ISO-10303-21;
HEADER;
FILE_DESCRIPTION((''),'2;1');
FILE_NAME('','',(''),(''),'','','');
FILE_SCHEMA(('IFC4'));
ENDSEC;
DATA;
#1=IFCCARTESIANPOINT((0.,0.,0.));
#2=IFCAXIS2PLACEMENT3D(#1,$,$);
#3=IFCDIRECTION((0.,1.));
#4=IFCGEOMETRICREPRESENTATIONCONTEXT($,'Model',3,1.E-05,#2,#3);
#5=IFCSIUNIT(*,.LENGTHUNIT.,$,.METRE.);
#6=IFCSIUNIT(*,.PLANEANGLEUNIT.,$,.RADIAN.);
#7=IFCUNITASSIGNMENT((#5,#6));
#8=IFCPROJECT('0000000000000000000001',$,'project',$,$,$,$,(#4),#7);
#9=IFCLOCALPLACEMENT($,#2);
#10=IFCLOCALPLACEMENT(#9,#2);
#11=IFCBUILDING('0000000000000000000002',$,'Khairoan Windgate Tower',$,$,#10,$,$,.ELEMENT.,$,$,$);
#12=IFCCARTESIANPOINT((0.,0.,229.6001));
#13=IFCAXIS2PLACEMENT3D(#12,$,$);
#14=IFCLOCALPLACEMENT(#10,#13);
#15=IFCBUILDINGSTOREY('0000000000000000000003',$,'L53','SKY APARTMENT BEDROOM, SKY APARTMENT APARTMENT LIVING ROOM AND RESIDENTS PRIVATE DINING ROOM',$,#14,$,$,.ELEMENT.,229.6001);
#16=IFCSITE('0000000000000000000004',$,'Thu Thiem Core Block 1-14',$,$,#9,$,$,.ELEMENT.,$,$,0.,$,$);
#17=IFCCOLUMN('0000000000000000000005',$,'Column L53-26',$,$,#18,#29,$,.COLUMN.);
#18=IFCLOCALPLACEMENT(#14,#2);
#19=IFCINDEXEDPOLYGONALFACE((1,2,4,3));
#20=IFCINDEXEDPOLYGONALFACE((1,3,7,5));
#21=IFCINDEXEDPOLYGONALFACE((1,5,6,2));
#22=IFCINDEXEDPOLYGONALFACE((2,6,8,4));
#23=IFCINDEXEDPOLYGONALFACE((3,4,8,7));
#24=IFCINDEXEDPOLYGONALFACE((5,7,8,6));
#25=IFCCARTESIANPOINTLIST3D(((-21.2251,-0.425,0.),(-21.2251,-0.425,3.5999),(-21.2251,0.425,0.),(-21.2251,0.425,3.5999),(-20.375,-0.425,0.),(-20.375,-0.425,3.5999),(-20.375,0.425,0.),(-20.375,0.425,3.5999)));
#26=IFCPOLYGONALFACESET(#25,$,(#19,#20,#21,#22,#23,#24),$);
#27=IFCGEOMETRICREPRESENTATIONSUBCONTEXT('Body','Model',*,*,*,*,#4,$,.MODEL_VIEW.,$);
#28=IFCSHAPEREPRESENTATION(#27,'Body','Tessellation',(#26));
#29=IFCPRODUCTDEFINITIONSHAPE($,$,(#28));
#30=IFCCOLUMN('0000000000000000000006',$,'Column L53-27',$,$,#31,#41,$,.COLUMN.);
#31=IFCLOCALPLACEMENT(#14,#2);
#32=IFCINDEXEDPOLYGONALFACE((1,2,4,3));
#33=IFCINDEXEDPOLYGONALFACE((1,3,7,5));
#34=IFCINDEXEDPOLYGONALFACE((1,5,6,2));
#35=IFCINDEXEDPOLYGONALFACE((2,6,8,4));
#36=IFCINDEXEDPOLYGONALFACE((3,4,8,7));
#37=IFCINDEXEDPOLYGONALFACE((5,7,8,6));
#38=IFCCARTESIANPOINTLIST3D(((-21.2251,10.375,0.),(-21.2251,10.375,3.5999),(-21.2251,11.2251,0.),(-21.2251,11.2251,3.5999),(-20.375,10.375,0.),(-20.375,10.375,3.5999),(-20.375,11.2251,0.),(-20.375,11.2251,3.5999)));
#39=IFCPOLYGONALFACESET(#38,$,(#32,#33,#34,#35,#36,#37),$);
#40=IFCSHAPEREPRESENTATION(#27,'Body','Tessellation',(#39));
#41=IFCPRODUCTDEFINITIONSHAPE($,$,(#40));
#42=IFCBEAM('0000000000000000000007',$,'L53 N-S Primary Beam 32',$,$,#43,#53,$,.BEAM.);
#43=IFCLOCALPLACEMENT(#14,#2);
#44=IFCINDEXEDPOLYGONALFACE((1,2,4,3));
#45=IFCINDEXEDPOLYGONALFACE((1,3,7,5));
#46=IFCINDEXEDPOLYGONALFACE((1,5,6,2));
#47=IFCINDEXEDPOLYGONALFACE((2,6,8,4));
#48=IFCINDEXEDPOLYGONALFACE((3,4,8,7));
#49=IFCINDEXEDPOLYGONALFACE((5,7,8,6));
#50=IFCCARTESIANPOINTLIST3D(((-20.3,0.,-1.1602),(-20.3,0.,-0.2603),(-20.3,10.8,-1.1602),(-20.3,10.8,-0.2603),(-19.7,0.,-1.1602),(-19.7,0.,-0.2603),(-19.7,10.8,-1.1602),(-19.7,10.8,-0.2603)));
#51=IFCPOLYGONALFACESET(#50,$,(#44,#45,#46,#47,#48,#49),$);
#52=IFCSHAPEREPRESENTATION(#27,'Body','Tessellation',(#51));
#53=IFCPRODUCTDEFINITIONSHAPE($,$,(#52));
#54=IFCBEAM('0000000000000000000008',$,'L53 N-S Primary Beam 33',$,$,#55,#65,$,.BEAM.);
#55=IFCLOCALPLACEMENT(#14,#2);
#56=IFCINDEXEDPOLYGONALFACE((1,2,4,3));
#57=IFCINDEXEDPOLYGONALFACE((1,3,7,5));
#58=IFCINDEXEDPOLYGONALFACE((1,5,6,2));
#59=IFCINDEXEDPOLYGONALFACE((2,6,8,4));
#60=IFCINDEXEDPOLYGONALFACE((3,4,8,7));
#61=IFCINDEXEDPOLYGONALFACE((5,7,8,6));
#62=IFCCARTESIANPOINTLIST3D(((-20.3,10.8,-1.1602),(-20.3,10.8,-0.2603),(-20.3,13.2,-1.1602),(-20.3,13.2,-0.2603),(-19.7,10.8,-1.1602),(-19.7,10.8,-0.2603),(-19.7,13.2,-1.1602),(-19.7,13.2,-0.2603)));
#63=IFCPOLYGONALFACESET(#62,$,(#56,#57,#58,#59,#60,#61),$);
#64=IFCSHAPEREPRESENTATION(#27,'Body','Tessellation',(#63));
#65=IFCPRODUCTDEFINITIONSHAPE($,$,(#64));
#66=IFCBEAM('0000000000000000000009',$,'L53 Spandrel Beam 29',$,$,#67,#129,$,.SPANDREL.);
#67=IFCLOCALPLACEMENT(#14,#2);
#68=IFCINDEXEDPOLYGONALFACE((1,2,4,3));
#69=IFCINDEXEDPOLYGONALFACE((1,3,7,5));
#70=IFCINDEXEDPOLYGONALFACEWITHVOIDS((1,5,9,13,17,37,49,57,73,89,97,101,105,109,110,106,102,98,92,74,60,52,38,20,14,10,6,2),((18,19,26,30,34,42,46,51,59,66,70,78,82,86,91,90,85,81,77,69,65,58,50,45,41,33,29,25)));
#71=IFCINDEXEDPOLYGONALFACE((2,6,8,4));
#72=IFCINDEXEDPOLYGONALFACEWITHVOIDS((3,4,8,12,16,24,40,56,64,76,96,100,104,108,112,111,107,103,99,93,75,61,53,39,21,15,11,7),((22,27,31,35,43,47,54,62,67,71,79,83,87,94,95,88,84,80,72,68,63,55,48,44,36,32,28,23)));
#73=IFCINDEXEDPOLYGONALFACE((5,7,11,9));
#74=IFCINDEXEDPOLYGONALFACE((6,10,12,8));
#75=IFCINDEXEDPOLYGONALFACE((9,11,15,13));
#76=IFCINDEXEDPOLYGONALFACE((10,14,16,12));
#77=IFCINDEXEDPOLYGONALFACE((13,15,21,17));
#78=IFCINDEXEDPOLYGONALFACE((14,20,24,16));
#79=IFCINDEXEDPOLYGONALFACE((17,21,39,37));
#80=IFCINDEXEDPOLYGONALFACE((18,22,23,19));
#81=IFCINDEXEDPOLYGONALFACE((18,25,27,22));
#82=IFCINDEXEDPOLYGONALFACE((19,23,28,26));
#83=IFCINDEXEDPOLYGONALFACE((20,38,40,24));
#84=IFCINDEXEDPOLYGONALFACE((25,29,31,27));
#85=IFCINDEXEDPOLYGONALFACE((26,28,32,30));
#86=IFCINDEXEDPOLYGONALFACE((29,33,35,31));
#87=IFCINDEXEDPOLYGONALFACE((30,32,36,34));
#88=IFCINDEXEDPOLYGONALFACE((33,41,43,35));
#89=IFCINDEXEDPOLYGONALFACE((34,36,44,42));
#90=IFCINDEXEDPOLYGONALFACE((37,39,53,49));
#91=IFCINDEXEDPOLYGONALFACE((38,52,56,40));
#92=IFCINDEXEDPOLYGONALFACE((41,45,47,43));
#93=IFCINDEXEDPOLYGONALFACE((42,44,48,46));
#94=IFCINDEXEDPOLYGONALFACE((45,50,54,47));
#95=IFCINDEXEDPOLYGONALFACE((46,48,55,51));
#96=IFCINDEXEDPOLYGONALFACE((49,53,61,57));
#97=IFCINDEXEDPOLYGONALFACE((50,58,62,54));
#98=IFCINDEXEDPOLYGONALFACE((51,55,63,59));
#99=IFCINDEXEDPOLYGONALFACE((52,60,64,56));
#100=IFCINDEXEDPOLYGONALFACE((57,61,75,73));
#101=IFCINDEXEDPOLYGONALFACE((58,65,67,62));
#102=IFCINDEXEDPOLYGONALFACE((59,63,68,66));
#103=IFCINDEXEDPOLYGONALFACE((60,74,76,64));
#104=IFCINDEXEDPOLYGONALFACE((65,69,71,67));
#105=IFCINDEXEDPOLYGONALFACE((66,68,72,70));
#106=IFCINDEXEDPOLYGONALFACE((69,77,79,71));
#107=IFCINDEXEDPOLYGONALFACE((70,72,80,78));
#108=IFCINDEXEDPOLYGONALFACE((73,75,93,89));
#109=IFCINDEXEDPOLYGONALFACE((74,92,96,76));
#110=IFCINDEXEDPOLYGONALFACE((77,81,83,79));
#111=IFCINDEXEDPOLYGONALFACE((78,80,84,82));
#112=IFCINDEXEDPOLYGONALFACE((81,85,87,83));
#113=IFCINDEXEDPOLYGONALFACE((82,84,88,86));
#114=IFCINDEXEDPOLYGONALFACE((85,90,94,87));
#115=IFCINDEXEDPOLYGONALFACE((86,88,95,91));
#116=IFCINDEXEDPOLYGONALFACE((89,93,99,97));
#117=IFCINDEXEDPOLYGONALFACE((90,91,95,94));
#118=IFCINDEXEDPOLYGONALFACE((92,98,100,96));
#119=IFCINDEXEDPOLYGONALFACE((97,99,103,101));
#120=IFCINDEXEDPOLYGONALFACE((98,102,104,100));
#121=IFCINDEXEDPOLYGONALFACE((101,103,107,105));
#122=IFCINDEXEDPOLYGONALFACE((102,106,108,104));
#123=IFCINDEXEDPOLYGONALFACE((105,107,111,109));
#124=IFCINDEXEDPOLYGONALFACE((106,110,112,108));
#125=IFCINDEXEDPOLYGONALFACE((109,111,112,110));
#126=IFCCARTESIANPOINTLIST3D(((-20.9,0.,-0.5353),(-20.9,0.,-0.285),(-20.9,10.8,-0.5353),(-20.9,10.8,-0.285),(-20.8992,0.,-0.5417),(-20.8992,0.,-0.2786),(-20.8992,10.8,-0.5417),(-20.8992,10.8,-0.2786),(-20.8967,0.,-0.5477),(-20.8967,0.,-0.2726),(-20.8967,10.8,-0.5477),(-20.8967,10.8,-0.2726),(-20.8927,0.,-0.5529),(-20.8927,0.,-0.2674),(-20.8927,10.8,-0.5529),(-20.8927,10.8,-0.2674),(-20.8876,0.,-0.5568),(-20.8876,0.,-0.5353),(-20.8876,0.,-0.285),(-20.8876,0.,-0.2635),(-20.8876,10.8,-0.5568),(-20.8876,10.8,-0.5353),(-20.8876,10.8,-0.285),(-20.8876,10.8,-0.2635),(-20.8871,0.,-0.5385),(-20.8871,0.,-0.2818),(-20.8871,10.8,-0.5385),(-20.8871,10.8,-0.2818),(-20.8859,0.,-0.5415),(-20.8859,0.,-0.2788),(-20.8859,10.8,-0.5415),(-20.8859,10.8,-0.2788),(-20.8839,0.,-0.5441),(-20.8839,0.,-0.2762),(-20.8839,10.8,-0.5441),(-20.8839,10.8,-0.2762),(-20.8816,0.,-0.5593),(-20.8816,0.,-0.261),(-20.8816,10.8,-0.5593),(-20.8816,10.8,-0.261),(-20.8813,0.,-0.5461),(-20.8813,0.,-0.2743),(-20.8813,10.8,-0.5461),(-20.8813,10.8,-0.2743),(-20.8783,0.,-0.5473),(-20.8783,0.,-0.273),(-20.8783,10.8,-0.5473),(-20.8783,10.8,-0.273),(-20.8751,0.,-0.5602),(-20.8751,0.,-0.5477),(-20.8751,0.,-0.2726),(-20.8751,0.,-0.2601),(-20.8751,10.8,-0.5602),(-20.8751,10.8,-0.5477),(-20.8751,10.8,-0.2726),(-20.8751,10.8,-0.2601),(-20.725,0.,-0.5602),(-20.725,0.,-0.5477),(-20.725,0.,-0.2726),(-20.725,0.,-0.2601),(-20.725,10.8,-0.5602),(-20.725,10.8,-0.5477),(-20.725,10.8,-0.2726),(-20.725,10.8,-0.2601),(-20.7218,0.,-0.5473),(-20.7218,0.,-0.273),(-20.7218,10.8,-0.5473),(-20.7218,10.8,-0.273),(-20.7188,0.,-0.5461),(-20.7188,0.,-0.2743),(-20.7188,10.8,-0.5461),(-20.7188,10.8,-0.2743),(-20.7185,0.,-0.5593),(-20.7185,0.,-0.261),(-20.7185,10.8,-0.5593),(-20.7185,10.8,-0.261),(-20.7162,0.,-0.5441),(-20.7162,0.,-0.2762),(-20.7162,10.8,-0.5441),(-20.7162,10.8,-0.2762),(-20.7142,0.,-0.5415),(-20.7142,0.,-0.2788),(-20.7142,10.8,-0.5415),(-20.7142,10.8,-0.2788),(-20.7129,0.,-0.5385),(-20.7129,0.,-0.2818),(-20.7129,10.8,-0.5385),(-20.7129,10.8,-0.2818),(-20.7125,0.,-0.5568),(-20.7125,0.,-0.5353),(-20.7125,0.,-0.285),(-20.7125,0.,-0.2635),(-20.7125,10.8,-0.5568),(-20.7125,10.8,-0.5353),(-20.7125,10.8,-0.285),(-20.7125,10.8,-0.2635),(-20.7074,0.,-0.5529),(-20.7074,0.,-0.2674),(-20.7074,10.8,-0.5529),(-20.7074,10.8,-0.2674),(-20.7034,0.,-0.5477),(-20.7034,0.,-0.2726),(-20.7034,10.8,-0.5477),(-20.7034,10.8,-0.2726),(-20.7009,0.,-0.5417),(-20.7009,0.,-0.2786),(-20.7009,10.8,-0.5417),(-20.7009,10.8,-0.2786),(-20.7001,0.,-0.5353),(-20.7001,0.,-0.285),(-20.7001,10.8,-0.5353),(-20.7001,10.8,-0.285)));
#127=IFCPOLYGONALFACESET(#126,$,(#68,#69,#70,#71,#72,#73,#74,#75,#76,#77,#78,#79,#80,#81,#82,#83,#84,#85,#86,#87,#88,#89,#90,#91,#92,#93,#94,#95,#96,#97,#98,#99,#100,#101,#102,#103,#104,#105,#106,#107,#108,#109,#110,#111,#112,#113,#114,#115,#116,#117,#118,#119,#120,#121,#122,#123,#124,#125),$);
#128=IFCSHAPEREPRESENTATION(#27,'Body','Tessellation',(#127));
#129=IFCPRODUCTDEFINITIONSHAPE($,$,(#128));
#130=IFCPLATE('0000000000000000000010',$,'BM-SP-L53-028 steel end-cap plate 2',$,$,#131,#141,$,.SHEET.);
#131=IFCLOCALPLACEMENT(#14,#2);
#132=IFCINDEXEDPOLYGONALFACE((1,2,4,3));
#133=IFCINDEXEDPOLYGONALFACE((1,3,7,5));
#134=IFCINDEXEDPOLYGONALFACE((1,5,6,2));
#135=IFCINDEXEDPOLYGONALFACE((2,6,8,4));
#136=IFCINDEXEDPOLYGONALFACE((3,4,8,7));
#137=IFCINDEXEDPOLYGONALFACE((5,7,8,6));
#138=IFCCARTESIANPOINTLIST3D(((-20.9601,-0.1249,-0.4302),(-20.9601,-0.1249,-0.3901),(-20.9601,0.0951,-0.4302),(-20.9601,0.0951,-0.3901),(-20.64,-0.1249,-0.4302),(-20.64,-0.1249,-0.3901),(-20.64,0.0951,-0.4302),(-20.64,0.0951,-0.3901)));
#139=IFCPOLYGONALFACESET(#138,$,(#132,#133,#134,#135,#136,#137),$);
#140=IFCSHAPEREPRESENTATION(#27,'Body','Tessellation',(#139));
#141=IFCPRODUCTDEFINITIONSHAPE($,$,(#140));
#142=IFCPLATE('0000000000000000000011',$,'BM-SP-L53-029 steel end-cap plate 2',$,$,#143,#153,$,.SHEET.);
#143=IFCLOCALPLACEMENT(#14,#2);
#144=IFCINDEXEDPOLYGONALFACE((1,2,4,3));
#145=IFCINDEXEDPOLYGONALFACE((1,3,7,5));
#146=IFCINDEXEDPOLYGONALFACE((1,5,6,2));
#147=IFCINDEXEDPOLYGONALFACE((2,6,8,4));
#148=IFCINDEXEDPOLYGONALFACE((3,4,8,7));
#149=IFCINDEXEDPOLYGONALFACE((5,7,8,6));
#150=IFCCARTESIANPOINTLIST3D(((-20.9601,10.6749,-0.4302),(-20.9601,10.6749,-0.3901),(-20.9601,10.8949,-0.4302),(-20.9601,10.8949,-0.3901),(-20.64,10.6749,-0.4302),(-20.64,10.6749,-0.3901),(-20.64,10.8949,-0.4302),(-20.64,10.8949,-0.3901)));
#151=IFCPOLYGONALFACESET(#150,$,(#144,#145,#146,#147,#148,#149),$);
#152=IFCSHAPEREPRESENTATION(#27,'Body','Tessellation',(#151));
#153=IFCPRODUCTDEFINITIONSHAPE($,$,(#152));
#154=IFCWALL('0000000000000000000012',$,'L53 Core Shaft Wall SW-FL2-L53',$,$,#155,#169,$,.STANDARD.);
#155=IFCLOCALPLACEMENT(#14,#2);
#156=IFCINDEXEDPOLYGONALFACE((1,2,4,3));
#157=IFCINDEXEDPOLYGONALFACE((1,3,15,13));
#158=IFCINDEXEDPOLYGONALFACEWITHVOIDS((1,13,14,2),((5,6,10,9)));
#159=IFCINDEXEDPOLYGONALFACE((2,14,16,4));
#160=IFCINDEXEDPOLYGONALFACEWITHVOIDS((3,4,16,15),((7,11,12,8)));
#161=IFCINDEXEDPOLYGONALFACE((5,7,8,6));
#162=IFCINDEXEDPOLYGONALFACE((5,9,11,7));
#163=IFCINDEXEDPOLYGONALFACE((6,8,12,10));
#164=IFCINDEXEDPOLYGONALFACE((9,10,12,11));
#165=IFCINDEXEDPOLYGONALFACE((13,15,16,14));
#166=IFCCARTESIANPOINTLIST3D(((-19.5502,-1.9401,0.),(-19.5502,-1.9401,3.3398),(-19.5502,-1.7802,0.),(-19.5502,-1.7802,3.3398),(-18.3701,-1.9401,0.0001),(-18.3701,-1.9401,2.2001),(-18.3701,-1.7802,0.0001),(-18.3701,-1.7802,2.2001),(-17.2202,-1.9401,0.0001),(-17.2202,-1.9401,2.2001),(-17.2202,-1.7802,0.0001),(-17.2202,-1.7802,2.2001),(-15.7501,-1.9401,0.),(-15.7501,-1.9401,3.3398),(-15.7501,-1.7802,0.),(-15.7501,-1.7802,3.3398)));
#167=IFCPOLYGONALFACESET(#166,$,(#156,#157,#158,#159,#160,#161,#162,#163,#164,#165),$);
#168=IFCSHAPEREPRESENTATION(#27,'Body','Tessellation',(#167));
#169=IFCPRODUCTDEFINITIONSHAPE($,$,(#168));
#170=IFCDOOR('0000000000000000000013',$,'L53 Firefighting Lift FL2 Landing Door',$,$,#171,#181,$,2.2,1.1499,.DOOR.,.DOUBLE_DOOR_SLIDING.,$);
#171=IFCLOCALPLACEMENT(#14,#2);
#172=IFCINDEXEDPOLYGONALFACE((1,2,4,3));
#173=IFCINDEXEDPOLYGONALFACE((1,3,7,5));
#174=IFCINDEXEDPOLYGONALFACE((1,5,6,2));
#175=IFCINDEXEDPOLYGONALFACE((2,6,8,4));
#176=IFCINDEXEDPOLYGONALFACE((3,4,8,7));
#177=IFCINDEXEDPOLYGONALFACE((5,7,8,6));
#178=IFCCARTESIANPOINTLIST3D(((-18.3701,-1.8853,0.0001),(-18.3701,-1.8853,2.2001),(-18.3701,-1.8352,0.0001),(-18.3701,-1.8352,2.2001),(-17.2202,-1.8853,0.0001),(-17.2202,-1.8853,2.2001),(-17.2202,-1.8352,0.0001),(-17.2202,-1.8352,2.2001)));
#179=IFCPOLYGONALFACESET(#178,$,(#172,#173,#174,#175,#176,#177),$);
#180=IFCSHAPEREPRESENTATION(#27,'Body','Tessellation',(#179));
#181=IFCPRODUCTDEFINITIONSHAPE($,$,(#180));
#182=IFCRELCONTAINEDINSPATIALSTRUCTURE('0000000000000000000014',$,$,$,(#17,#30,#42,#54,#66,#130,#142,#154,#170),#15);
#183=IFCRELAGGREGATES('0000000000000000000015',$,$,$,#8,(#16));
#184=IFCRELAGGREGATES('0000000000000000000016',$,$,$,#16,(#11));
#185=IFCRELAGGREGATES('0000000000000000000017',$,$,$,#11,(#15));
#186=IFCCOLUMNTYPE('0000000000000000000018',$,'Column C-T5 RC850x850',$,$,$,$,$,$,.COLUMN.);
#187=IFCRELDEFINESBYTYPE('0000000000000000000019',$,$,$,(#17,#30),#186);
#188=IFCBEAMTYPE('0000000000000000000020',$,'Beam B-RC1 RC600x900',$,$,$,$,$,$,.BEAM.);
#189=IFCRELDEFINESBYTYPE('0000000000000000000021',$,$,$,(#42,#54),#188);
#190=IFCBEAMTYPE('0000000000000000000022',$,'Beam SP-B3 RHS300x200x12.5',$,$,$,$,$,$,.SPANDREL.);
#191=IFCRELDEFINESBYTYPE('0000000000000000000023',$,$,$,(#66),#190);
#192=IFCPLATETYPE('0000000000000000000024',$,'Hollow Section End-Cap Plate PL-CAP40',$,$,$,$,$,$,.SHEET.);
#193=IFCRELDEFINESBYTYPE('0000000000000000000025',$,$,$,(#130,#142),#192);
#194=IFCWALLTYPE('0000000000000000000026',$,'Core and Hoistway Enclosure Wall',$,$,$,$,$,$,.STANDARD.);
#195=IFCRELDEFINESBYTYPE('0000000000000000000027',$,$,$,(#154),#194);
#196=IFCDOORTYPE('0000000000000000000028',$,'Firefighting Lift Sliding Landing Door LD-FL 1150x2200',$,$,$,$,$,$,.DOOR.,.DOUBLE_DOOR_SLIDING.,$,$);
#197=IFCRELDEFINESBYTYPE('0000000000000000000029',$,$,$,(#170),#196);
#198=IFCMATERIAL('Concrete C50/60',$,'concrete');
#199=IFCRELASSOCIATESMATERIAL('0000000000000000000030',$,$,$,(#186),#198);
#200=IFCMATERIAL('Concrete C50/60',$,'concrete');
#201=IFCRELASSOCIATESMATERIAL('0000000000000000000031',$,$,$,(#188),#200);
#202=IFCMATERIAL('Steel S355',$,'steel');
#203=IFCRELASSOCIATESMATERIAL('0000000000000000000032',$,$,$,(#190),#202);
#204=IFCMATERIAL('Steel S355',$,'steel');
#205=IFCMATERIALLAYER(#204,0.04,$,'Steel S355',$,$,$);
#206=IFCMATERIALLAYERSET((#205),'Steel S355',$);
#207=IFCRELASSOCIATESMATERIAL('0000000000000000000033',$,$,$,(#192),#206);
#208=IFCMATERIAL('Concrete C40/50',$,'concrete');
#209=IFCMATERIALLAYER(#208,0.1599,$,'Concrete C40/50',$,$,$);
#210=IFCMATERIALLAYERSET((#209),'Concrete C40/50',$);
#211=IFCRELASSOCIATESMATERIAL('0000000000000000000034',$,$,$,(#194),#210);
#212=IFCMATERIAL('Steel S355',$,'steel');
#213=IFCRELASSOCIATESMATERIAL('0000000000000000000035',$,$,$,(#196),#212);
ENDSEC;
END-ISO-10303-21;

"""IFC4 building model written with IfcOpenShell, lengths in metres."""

from ifc_helpers import new_model, si_unit, direction, frame, frame_2d, origin, origin_2d, place, context, subcontext, project, spatial, rectangle, hollow_rectangle, extrude, material, layer, layer_set, material_profile, profile_set, type_object, element, fill, save


model = new_model("IFC4")

# Units and contexts
model_context = context("Model", 3, precision=1e-05, world=origin(), true_north=direction((0.0, 1.0)))
body_context = subcontext(model_context, "Body", "Model", "MODEL_VIEW")
ifc_project = project(units=[si_unit("LENGTHUNIT", "METRE"), si_unit("PLANEANGLEUNIT", "RADIAN")], contexts=[model_context])

# Site, building, storey
site_placement = place(None, origin())
site = spatial("IfcSite", under=ifc_project, at=site_placement, Name="Thu Thiem Core Block 1-14", CompositionType="ELEMENT", RefElevation=0.0)
building_placement = place(site_placement, origin())
building = spatial("IfcBuilding", under=site, at=building_placement, Name="Khairoan Windgate Tower", CompositionType="ELEMENT")
storey_placement = place(building_placement, frame((0.0, 0.0, 229.6001)))
storey = spatial("IfcBuildingStorey", under=building, at=storey_placement, Name="L53", Description="SKY APARTMENT BEDROOM, SKY APARTMENT APARTMENT LIVING ROOM AND RESIDENTS PRIVATE DINING ROOM", CompositionType="ELEMENT", Elevation=229.6001)

# Columns
ifc_material_1 = material(Name="Concrete C50/60", Category="concrete")
ifc_material_profile_1 = material_profile(ifc_material_1, rectangle(XDim=0.8501, YDim=0.8501, at=origin_2d()))
ifc_profile_set_1 = profile_set([ifc_material_profile_1], Name="Concrete C50/60")
column_type = type_object("IfcColumnType", Name="Column C-T5 RC850x850", PredefinedType="COLUMN", material=ifc_profile_set_1)
for number, where, z_axis, x_axis, name in (
    (1, (-20.8, 0.0, 0.0), (0.0, 0.0, 1.0), (1.0, 0.0, 0.0), "Column L53-26"),
    (2, (-20.8, 10.8, 0.0), (0.0, 0.0, 1.0), (1.0, 0.0, 0.0), "Column L53-27"),
):
    element("IfcColumn", number, at=place(storey_placement, frame(where, z_axis=z_axis, x_axis=x_axis)), inside=storey, type_object=column_type, Name=name, PredefinedType="COLUMN", context=body_context, shape_type="SweptSolid", body=[
        extrude(rectangle(XDim=0.8501, YDim=0.8501, at=origin_2d()), origin(), (0.0, 0.0, 1.0), 3.5999),
    ])

# Beams
ifc_material_2 = material(Name="Concrete C50/60", Category="concrete")
ifc_material_profile_2 = material_profile(ifc_material_2, rectangle(XDim=0.6001, YDim=0.8999, at=origin_2d()))
ifc_profile_set_2 = profile_set([ifc_material_profile_2], Name="Concrete C50/60")
beam_type_1 = type_object("IfcBeamType", Name="Beam B-RC1 RC600x900", PredefinedType="BEAM", material=ifc_profile_set_2)
beam_1_placement = place(storey_placement, frame((-20.0, 0.0, -0.7102), z_axis=(0.0, 1.0, 0.0), x_axis=(-1.0, 0.0, 0.0)))
element("IfcBeam", 3, at=beam_1_placement, inside=storey, type_object=beam_type_1, Name="L53 N-S Primary Beam 32", PredefinedType="BEAM", context=body_context, shape_type="SweptSolid", body=[
    extrude(rectangle(XDim=0.6001, YDim=0.8999, at=origin_2d()), origin(), (0.0, 0.0, 1.0), 10.8),
])
beam_2_placement = place(storey_placement, frame((-20.0, 10.8, -0.7102), z_axis=(0.0, 1.0, 0.0), x_axis=(-1.0, 0.0, 0.0)))
element("IfcBeam", 4, at=beam_2_placement, inside=storey, type_object=beam_type_1, Name="L53 N-S Primary Beam 33", PredefinedType="BEAM", context=body_context, shape_type="SweptSolid", body=[
    extrude(rectangle(XDim=0.6001, YDim=0.8999, at=origin_2d()), origin(), (0.0, 0.0, 1.0), 2.3999),
])
ifc_material_3 = material(Name="Steel S355", Category="steel")
ifc_material_profile_3 = material_profile(ifc_material_3, hollow_rectangle(XDim=0.2, YDim=0.3, WallThickness=0.0125, InnerFilletRadius=0.0125, OuterFilletRadius=0.0249, at=origin_2d()))
ifc_profile_set_3 = profile_set([ifc_material_profile_3], Name="Steel S355")
beam_type_2 = type_object("IfcBeamType", Name="Beam SP-B3 RHS300x200x12.5", PredefinedType="SPANDREL", material=ifc_profile_set_3)
beam_3_placement = place(storey_placement, frame((-20.8, 0.0, -0.4102), z_axis=(0.0, 1.0, 0.0), x_axis=(-1.0, 0.0, 0.0)))
element("IfcBeam", 5, at=beam_3_placement, inside=storey, type_object=beam_type_2, Name="L53 Spandrel Beam 29", PredefinedType="SPANDREL", context=body_context, shape_type="SweptSolid", body=[
    extrude(hollow_rectangle(XDim=0.2, YDim=0.3, WallThickness=0.0125, InnerFilletRadius=0.0125, OuterFilletRadius=0.0249, at=origin_2d()), origin(), (0.0, 0.0, 1.0), 10.8),
])

# Plates
ifc_material_4 = material(Name="Steel S355", Category="steel")
ifc_layer_1 = layer(ifc_material_4, 0.04, Name="Steel S355")
ifc_layer_set_1 = layer_set([ifc_layer_1], Name="Steel S355")
plate_type = type_object("IfcPlateType", Name="Hollow Section End-Cap Plate PL-CAP40", PredefinedType="SHEET", material=ifc_layer_set_1)
for number, where, z_axis, x_axis, name in (
    (6, (-20.8, -0.0149, -0.4302), (0.0, 0.0, 1.0), (0.0, 1.0, 0.0), "BM-SP-L53-028 steel end-cap plate 2"),
    (7, (-20.8, 10.7849, -0.4302), (0.0, 0.0, 1.0), (0.0, 1.0, 0.0), "BM-SP-L53-029 steel end-cap plate 2"),
):
    element("IfcPlate", number, at=place(storey_placement, frame(where, z_axis=z_axis, x_axis=x_axis)), inside=storey, type_object=plate_type, Name=name, PredefinedType="SHEET", context=body_context, shape_type="SweptSolid", body=[
        extrude(rectangle(XDim=0.22, YDim=0.3201, at=origin_2d()), origin(), (0.0, 0.0, 1.0), 0.04),
    ])

# Wall, opening, door
ifc_material_5 = material(Name="Concrete C40/50", Category="concrete")
ifc_layer_2 = layer(ifc_material_5, 0.1599, Name="Concrete C40/50")
ifc_layer_set_2 = layer_set([ifc_layer_2], Name="Concrete C40/50")
wall_type_1 = type_object("IfcWallType", Name="Core and Hoistway Enclosure Wall", PredefinedType="STANDARD", material=ifc_layer_set_2)
wall_1_placement = place(storey_placement, frame((-19.55, -1.8601, 0.0), z_axis=(0.0, 0.0, 1.0), x_axis=(1.0, 0.0, 0.0)))
wall_1 = element("IfcWall", 8, at=wall_1_placement, inside=storey, type_object=wall_type_1, Name="L53 Core Shaft Wall SW-FL2-L53", PredefinedType="STANDARD", context=body_context, shape_type="SweptSolid", body=[
    extrude(rectangle(XDim=3.8, YDim=0.1599, at=frame_2d((1.8999, 0.0))), origin(), (0.0, 0.0, 1.0), 3.3398),
])
opening_1_placement = place(wall_1_placement, frame((1.1799, 0.0, 0.0)))
opening_1 = element("IfcOpeningElement", 9, at=opening_1_placement, cuts=wall_1, PredefinedType="OPENING", context=body_context, shape_type="SweptSolid", body=[
    extrude(rectangle(XDim=1.1499, YDim=2.2, at=frame_2d((0.575, 1.1001))), frame((0.0, 0.0898, 0.0), z_axis=(0.0, -1.0, 0.0), x_axis=(1.0, 0.0, 0.0)), (0.0, 0.0, 1.0), 0.1799),
])
ifc_material_6 = material(Name="Steel S355", Category="steel")
door_type_1 = type_object("IfcDoorType", Name="Firefighting Lift Sliding Landing Door LD-FL 1150x2200", OperationType="DOUBLE_DOOR_SLIDING", PredefinedType="DOOR", material=ifc_material_6)
door_1_placement = place(opening_1_placement, origin())
door_1 = element("IfcDoor", 10, at=door_1_placement, inside=storey, type_object=door_type_1, Name="L53 Firefighting Lift FL2 Landing Door", OperationType="DOUBLE_DOOR_SLIDING", OverallHeight=2.2, OverallWidth=1.1499, PredefinedType="DOOR", context=body_context, shape_type="SweptSolid", body=[
    extrude(rectangle(XDim=1.1499, YDim=2.2, at=frame_2d((0.575, 1.1001))), frame((0.0, 0.0249, 0.0), z_axis=(0.0, -1.0, 0.0), x_axis=(1.0, 0.0, 0.0)), (0.0, 0.0, 1.0), 0.05),
])
fill(opening_1, door_1)

save(model, "model.ifc")
